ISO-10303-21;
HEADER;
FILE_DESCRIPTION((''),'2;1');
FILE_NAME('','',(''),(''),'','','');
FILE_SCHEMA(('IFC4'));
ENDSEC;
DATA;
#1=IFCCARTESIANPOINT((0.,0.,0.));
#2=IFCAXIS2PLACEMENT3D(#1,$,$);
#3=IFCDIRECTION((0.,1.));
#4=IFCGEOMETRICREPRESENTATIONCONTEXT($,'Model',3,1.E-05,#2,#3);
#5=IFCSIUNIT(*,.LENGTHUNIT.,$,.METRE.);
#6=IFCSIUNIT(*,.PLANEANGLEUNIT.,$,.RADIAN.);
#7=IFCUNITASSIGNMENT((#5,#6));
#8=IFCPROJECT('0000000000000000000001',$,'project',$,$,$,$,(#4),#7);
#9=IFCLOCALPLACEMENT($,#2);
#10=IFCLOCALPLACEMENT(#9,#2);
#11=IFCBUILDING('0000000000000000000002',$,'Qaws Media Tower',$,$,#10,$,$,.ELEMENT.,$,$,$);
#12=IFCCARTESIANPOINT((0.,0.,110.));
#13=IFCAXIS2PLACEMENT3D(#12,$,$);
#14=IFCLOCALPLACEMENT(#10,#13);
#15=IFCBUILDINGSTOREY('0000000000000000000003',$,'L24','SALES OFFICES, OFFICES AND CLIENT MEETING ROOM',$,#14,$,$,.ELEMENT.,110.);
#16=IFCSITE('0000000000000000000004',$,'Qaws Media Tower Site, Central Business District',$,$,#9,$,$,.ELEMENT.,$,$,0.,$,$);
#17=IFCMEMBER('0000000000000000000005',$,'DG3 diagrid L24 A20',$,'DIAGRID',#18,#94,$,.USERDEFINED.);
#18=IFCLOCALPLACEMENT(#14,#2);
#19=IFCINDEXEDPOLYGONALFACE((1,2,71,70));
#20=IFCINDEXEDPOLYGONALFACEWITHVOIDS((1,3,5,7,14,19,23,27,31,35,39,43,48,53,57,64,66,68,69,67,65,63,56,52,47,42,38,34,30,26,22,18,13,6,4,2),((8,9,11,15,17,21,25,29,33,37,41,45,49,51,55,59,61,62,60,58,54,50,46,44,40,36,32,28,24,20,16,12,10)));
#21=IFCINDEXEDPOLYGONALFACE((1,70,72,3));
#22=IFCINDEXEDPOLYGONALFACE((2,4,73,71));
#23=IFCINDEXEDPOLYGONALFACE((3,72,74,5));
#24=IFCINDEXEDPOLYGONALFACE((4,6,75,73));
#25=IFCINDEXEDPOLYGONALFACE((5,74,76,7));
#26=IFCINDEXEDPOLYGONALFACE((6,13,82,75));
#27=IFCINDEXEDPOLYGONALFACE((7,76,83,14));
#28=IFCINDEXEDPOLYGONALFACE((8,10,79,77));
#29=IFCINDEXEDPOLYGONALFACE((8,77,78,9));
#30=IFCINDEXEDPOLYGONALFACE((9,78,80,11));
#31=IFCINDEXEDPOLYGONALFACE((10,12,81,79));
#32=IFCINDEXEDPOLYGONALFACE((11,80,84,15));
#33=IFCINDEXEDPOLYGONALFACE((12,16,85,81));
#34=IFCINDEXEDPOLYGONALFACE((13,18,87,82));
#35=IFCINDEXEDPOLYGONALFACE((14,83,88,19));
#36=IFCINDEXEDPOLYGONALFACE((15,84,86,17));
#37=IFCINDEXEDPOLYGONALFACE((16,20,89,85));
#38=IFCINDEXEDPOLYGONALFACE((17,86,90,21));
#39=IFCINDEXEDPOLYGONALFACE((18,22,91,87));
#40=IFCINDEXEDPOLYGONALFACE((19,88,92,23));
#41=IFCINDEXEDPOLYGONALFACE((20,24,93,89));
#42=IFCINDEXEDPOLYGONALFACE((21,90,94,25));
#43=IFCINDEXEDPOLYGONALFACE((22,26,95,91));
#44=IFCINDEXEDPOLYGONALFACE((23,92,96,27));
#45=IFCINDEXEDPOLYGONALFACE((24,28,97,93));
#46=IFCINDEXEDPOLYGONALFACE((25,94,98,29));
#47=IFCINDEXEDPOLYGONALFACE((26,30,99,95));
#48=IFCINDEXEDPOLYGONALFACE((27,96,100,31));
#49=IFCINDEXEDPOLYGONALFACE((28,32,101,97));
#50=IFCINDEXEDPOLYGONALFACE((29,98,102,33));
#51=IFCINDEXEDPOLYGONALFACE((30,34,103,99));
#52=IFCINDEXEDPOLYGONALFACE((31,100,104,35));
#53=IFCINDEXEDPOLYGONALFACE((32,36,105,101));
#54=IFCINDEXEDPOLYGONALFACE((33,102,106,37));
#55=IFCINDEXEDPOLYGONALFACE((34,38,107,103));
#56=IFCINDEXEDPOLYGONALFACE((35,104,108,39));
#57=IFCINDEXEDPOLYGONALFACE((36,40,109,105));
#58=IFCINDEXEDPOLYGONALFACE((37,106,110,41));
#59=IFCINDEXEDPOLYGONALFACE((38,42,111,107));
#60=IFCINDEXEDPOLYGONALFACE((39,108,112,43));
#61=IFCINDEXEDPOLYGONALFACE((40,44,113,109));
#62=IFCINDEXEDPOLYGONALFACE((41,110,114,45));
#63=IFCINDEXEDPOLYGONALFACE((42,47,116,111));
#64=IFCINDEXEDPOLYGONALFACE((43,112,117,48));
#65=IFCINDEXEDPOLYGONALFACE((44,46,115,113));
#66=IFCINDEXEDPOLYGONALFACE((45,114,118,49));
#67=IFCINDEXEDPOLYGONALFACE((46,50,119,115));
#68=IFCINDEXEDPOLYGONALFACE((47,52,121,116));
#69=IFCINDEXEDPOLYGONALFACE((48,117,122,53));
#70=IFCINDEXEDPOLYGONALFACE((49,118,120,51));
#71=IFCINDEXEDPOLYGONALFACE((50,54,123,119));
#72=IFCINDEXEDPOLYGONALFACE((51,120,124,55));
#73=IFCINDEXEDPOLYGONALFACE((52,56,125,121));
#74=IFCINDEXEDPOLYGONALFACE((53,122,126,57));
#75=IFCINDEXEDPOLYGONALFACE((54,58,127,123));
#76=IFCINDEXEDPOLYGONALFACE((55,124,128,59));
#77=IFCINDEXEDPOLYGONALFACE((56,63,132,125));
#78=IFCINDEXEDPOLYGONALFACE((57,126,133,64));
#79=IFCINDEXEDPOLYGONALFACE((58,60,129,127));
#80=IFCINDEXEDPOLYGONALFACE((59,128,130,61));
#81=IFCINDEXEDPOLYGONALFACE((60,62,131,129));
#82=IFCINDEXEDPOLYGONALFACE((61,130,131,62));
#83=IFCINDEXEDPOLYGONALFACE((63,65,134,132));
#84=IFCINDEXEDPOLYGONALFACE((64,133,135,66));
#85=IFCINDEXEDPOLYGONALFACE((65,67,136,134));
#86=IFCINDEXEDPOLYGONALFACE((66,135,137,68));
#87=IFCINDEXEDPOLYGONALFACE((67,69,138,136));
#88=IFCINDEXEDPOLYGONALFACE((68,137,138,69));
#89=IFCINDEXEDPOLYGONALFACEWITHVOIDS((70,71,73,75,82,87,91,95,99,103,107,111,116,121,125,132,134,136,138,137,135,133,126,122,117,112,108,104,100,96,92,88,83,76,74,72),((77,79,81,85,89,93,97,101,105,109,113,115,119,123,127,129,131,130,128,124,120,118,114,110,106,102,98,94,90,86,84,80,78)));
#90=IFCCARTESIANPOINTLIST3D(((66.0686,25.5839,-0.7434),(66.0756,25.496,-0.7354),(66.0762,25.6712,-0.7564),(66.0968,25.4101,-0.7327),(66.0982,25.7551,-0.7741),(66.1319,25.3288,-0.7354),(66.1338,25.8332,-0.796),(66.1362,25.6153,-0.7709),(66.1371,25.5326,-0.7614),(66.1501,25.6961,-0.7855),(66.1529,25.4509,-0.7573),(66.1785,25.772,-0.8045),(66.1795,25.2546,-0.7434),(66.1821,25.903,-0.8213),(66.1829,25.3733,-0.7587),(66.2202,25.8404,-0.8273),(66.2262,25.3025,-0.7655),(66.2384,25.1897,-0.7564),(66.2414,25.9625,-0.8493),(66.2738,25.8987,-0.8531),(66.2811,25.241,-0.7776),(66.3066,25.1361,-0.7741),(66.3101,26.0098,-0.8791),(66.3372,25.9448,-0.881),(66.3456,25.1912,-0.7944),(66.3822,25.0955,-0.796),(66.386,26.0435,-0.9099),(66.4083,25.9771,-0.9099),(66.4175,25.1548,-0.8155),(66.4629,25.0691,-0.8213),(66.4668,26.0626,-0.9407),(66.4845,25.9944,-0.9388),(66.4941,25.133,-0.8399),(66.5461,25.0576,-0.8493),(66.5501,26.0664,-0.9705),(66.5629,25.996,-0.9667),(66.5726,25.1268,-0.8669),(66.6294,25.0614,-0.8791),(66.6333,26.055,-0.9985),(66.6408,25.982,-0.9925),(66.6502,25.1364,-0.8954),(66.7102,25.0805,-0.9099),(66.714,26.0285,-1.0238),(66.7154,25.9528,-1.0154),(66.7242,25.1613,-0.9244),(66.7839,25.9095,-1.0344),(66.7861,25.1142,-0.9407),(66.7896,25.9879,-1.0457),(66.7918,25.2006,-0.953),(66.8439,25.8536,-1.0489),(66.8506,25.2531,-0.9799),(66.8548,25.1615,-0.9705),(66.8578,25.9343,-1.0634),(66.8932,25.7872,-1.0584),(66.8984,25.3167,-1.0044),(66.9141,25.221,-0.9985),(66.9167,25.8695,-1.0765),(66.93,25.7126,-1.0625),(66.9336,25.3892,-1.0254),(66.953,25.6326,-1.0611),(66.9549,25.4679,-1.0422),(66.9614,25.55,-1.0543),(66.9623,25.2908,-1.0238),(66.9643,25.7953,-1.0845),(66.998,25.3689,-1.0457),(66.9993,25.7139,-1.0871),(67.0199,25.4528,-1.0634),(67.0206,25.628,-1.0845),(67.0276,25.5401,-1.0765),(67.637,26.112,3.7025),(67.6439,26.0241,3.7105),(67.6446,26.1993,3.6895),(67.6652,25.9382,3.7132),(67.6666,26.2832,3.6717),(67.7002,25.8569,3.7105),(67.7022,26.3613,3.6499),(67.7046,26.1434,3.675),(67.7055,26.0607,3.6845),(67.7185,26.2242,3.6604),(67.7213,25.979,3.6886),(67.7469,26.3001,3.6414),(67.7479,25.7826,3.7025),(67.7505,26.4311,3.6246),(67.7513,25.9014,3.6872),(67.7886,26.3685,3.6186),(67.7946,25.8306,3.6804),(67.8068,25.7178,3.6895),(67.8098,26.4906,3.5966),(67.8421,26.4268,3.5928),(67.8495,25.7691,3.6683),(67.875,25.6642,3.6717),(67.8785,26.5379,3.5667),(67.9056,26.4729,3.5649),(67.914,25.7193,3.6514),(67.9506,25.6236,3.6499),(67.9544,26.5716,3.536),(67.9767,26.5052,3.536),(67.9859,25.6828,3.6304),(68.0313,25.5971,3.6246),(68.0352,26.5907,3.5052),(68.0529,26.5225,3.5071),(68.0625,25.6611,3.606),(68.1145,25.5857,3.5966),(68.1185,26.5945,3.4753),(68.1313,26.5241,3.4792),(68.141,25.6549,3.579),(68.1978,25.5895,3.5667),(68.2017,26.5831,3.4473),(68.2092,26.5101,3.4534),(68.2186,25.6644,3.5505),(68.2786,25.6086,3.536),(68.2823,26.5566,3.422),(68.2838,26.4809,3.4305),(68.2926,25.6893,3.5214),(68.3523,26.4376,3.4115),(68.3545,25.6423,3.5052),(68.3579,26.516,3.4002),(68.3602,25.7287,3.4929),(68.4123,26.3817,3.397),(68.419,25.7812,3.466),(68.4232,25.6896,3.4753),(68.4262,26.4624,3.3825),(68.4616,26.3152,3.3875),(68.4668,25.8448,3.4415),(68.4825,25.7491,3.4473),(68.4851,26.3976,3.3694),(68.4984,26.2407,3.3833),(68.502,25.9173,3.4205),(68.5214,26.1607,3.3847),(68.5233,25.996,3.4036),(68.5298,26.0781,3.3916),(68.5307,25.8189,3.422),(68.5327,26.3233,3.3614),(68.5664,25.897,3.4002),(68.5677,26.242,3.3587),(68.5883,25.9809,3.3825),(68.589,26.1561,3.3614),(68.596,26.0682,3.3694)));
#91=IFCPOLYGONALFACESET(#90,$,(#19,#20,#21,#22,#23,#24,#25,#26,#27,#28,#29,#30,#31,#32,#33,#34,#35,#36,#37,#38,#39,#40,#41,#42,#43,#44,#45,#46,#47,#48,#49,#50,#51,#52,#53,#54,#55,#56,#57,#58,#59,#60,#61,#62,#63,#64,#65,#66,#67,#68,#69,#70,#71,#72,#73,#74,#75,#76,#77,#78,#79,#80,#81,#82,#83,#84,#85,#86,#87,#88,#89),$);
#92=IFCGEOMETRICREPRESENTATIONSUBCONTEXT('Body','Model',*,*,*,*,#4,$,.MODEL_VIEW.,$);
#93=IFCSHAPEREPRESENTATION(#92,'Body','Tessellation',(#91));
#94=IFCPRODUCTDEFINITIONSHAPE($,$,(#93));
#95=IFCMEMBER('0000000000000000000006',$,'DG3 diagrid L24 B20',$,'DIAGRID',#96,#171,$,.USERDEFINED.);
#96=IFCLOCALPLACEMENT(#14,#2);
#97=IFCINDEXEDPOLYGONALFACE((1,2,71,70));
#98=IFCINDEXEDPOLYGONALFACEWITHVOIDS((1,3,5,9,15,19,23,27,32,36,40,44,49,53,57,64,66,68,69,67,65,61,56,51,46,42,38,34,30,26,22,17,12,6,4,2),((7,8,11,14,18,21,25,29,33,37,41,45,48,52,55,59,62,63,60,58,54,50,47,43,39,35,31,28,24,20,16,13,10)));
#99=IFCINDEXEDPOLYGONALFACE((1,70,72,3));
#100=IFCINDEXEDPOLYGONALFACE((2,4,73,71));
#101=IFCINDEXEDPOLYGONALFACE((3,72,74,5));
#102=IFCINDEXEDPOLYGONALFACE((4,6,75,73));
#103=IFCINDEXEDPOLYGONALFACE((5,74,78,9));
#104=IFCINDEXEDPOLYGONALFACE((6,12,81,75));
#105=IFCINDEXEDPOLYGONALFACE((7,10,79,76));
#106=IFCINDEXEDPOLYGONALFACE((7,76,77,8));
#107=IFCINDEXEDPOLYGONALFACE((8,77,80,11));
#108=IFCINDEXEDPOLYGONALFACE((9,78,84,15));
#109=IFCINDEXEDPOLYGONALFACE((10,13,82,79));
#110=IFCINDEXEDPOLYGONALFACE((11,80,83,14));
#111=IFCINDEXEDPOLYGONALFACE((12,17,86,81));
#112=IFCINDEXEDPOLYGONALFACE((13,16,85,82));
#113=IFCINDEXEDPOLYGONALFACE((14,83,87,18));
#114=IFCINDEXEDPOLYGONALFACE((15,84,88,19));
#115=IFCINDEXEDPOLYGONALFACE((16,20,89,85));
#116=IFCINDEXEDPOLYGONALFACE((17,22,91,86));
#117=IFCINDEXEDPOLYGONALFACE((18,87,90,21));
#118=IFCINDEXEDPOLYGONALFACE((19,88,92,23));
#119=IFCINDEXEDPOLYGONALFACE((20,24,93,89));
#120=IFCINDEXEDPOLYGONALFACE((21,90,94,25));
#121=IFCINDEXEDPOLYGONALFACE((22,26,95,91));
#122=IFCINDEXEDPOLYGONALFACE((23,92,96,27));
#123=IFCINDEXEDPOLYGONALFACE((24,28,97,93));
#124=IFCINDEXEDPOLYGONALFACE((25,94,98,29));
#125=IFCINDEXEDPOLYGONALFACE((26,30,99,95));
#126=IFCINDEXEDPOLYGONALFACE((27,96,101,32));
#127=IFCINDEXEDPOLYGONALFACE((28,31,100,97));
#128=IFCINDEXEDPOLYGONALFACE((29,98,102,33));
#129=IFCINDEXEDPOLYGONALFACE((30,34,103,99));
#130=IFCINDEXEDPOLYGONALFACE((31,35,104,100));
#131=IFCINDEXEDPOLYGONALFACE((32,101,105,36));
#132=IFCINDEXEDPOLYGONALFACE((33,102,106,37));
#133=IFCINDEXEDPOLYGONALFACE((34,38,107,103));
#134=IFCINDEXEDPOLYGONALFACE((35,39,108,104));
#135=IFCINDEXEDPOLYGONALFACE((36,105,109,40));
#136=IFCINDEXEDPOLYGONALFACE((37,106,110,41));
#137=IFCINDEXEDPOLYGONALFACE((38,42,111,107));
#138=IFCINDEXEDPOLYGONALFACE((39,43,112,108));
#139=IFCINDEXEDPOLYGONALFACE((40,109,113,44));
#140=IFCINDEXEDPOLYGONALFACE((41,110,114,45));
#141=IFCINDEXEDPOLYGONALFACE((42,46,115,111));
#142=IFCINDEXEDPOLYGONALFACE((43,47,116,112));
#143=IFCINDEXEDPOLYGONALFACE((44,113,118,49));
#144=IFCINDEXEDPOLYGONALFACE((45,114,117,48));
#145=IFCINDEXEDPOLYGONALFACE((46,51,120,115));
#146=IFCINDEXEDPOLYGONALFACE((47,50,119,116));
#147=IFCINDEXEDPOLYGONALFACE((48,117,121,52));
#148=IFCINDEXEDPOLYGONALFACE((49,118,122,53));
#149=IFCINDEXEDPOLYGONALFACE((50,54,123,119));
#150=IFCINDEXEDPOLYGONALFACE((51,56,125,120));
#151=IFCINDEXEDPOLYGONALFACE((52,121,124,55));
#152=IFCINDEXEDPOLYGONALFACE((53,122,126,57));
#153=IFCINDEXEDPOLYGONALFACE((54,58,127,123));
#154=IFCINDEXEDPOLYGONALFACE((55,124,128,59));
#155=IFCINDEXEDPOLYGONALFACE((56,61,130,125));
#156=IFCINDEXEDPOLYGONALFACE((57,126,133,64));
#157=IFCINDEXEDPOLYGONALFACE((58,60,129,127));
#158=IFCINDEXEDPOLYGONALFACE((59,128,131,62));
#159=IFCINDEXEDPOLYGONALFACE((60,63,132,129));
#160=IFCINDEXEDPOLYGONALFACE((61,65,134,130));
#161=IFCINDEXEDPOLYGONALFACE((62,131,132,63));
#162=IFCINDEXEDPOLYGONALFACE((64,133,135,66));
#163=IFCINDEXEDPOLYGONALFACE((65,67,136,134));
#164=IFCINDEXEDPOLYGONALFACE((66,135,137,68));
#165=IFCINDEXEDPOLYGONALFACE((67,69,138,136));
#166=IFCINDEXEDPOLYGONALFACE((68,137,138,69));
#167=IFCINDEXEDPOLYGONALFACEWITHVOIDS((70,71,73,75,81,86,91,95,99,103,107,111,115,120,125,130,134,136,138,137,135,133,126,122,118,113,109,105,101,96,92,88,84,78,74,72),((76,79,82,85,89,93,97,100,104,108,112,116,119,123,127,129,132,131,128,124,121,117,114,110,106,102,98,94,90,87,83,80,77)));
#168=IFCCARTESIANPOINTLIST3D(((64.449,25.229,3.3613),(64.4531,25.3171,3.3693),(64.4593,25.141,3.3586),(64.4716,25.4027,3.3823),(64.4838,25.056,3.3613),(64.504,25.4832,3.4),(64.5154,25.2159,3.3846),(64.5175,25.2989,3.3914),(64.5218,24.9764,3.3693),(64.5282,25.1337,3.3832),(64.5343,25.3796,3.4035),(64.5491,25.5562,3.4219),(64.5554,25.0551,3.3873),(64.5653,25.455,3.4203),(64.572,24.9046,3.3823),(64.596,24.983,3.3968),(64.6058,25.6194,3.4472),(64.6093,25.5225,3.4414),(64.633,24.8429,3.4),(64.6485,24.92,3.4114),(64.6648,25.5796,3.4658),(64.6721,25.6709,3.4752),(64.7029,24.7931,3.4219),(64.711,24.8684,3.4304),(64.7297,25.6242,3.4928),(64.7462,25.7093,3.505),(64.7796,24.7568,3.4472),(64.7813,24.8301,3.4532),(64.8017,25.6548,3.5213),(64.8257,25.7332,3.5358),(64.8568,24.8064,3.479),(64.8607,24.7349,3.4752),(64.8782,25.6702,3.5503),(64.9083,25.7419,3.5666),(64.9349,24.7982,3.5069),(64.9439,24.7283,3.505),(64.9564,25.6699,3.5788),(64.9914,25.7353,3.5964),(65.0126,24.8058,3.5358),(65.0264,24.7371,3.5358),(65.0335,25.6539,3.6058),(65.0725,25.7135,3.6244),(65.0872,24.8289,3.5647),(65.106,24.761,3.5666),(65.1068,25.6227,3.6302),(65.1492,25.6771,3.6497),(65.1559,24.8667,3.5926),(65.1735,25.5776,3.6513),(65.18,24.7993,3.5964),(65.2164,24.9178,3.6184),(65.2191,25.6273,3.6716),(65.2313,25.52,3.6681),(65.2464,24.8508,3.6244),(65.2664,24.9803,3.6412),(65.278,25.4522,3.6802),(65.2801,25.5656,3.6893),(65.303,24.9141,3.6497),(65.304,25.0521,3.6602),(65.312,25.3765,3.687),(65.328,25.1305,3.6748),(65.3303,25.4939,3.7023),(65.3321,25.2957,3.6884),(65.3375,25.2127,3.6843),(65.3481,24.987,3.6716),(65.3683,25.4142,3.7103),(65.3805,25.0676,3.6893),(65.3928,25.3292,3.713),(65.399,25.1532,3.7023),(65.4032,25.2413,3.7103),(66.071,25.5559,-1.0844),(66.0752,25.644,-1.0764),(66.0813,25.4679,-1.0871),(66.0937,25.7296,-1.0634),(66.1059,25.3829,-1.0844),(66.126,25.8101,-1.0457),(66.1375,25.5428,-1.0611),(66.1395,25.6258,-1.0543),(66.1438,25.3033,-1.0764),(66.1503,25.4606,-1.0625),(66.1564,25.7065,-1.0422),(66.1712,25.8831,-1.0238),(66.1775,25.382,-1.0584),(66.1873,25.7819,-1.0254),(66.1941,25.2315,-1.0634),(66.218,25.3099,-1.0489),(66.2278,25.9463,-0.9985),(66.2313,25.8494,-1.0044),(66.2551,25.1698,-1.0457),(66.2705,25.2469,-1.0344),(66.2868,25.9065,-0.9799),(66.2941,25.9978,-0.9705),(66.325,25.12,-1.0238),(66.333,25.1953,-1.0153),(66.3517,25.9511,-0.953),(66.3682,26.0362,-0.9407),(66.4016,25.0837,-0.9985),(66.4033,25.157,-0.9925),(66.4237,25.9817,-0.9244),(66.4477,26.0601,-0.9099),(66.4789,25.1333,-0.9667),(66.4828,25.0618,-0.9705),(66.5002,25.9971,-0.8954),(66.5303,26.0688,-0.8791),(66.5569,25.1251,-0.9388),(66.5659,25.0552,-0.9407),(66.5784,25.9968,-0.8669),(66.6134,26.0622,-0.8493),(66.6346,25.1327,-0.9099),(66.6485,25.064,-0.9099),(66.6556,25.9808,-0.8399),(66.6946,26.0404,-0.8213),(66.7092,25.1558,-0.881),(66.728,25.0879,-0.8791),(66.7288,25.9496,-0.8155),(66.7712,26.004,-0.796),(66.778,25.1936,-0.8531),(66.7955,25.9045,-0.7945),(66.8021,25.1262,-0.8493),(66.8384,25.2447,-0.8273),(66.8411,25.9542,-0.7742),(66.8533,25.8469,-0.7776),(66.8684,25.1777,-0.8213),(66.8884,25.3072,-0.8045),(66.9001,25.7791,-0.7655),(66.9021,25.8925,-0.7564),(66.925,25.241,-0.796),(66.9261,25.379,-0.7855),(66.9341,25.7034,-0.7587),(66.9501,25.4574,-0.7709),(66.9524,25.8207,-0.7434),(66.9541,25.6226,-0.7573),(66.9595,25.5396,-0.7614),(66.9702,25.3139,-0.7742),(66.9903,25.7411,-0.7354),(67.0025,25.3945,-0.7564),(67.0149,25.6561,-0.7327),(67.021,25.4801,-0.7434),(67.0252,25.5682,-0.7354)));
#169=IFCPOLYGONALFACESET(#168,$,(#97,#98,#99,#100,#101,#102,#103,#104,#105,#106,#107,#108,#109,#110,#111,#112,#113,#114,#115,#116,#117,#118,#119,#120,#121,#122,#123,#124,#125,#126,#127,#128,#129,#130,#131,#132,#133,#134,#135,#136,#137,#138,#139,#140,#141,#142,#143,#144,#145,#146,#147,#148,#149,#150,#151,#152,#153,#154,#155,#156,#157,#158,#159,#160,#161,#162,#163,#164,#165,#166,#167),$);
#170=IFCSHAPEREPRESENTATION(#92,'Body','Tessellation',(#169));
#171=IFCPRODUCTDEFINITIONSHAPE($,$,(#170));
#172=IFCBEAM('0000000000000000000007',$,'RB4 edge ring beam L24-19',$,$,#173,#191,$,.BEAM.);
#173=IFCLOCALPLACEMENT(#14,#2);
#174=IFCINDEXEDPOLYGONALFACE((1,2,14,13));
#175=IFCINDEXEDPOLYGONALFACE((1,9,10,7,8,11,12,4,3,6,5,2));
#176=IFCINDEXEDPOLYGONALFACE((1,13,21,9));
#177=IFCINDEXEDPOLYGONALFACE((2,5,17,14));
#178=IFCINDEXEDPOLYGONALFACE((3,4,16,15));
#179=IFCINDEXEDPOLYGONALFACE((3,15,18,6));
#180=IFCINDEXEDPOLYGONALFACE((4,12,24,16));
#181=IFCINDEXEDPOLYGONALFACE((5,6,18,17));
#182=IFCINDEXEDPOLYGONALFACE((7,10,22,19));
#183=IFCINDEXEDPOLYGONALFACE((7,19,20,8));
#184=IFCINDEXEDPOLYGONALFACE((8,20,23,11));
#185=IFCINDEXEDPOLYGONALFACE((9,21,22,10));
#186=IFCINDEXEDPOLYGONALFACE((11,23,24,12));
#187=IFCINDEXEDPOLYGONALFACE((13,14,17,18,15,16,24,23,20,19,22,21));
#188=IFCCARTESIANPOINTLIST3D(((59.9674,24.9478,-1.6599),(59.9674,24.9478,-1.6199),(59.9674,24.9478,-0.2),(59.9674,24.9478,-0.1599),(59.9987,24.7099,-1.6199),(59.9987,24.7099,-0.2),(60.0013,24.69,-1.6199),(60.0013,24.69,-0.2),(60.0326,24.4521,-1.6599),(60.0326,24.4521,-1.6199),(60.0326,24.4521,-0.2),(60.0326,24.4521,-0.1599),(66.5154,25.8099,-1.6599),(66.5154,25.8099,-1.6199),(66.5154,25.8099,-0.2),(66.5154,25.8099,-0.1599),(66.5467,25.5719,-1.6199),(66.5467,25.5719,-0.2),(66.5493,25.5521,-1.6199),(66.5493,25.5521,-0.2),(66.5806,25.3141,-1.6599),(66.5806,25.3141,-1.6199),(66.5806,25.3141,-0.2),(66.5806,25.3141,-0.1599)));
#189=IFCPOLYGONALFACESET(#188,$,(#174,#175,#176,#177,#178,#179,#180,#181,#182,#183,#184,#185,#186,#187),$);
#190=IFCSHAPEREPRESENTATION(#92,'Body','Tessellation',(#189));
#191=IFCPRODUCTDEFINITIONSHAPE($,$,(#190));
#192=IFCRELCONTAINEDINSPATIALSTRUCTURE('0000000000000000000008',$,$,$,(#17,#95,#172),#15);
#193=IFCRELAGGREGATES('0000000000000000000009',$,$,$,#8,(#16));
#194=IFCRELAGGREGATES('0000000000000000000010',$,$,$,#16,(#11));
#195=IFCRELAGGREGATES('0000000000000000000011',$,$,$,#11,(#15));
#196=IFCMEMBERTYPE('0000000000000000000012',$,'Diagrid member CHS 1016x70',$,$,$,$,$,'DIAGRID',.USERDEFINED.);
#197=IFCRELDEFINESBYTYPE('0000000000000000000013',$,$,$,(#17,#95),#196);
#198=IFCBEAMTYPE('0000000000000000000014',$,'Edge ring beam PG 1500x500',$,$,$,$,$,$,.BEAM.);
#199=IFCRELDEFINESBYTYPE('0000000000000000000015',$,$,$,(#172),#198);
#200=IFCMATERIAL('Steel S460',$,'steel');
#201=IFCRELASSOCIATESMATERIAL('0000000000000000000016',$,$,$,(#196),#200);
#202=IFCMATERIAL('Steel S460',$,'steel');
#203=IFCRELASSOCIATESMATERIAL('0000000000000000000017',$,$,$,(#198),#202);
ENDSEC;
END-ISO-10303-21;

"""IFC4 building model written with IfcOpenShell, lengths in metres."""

from ifc_helpers import new_model, si_unit, direction, frame, origin, origin_2d, place, context, subcontext, project, spatial, hollow_circle, i_section, extrude, material, material_profile, profile_set, type_object, element, save


model = new_model("IFC4")

# Units and contexts
model_context = context("Model", 3, precision=1e-05, world=origin(), true_north=direction((0.0, 1.0)))
body_context = subcontext(model_context, "Body", "Model", "MODEL_VIEW")
ifc_project = project(units=[si_unit("LENGTHUNIT", "METRE"), si_unit("PLANEANGLEUNIT", "RADIAN")], contexts=[model_context])

# Site, building, storey
site_placement = place(None, origin())
site = spatial("IfcSite", under=ifc_project, at=site_placement, Name="Qaws Media Tower Site, Central Business District", CompositionType="ELEMENT", RefElevation=0.0)
building_placement = place(site_placement, origin())
building = spatial("IfcBuilding", under=site, at=building_placement, Name="Qaws Media Tower", CompositionType="ELEMENT")
storey_placement = place(building_placement, frame((0.0, 0.0, 110.0)))
storey = spatial("IfcBuildingStorey", under=building, at=storey_placement, Name="L24", Description="SALES OFFICES, OFFICES AND CLIENT MEETING ROOM", CompositionType="ELEMENT", Elevation=110.0)

# Members
ifc_material_1 = material(Name="Steel S460", Category="steel")
ifc_material_profile_1 = material_profile(ifc_material_1, hollow_circle(Radius=0.5081, WallThickness=0.0701, at=origin_2d()), Name="CHS 1016x70")
ifc_profile_set_1 = profile_set([ifc_material_profile_1], Name="Steel S460")
member_type_1 = type_object("IfcMemberType", Name="Diagrid member CHS 1016x70", ElementType="DIAGRID", PredefinedType="USERDEFINED", material=ifc_profile_set_1)
member_1_placement = place(storey_placement, frame((66.5481, 25.562, -0.9099), z_axis=(0.330612, 0.111319, 0.937179), x_axis=(-0.319103, 0.94772, 0.0)))
element("IfcMember", 1, at=member_1_placement, inside=storey, type_object=member_type_1, Name="DG3 diagrid L24 A20", ObjectType="DIAGRID", PredefinedType="USERDEFINED", context=body_context, shape_type="SweptSolid", body=[
    extrude(hollow_circle(Radius=0.5081, WallThickness=0.0701, at=origin_2d()), origin(), (0.0, 0.0, 1.0), 4.7439),
])
member_2_placement = place(storey_placement, frame((66.5481, 25.562, -0.9099), z_axis=(-0.341939, -0.068913, 0.937192), x_axis=(0.197563, -0.98029, 0.0)))
element("IfcMember", 2, at=member_2_placement, inside=storey, type_object=member_type_1, Name="DG3 diagrid L24 B20", ObjectType="DIAGRID", PredefinedType="USERDEFINED", context=body_context, shape_type="SweptSolid", body=[
    extrude(hollow_circle(Radius=0.5081, WallThickness=0.0701, at=origin_2d()), origin(), (0.0, 0.0, 1.0), 4.7437),
])

# Beam
ifc_material_2 = material(Name="Steel S460", Category="steel")
ifc_material_profile_2 = material_profile(ifc_material_2, i_section(OverallWidth=0.5, OverallDepth=1.5, WebThickness=0.02, FlangeThickness=0.04, at=origin_2d()), Name="PG 1500x500")
ifc_profile_set_2 = profile_set([ifc_material_profile_2], Name="Steel S460")
beam_type = type_object("IfcBeamType", Name="Edge ring beam PG 1500x500", PredefinedType="BEAM", material=ifc_profile_set_2)
for number, where, z_axis, x_axis, name in (
    (3, (60.0, 24.7, -0.9099), (0.991445, 0.130524, 0.0), (-0.130524, 0.991445, 0.0), "RB4 edge ring beam L24-19"),
):
    element("IfcBeam", number, at=place(storey_placement, frame(where, z_axis=z_axis, x_axis=x_axis)), inside=storey, type_object=beam_type, Name=name, PredefinedType="BEAM", context=body_context, shape_type="SweptSolid", body=[
        extrude(i_section(OverallWidth=0.5, OverallDepth=1.5, WebThickness=0.02, FlangeThickness=0.04, at=origin_2d()), origin(), (0.0, 0.0, 1.0), 6.6045),
    ])

save(model, "model.ifc")
